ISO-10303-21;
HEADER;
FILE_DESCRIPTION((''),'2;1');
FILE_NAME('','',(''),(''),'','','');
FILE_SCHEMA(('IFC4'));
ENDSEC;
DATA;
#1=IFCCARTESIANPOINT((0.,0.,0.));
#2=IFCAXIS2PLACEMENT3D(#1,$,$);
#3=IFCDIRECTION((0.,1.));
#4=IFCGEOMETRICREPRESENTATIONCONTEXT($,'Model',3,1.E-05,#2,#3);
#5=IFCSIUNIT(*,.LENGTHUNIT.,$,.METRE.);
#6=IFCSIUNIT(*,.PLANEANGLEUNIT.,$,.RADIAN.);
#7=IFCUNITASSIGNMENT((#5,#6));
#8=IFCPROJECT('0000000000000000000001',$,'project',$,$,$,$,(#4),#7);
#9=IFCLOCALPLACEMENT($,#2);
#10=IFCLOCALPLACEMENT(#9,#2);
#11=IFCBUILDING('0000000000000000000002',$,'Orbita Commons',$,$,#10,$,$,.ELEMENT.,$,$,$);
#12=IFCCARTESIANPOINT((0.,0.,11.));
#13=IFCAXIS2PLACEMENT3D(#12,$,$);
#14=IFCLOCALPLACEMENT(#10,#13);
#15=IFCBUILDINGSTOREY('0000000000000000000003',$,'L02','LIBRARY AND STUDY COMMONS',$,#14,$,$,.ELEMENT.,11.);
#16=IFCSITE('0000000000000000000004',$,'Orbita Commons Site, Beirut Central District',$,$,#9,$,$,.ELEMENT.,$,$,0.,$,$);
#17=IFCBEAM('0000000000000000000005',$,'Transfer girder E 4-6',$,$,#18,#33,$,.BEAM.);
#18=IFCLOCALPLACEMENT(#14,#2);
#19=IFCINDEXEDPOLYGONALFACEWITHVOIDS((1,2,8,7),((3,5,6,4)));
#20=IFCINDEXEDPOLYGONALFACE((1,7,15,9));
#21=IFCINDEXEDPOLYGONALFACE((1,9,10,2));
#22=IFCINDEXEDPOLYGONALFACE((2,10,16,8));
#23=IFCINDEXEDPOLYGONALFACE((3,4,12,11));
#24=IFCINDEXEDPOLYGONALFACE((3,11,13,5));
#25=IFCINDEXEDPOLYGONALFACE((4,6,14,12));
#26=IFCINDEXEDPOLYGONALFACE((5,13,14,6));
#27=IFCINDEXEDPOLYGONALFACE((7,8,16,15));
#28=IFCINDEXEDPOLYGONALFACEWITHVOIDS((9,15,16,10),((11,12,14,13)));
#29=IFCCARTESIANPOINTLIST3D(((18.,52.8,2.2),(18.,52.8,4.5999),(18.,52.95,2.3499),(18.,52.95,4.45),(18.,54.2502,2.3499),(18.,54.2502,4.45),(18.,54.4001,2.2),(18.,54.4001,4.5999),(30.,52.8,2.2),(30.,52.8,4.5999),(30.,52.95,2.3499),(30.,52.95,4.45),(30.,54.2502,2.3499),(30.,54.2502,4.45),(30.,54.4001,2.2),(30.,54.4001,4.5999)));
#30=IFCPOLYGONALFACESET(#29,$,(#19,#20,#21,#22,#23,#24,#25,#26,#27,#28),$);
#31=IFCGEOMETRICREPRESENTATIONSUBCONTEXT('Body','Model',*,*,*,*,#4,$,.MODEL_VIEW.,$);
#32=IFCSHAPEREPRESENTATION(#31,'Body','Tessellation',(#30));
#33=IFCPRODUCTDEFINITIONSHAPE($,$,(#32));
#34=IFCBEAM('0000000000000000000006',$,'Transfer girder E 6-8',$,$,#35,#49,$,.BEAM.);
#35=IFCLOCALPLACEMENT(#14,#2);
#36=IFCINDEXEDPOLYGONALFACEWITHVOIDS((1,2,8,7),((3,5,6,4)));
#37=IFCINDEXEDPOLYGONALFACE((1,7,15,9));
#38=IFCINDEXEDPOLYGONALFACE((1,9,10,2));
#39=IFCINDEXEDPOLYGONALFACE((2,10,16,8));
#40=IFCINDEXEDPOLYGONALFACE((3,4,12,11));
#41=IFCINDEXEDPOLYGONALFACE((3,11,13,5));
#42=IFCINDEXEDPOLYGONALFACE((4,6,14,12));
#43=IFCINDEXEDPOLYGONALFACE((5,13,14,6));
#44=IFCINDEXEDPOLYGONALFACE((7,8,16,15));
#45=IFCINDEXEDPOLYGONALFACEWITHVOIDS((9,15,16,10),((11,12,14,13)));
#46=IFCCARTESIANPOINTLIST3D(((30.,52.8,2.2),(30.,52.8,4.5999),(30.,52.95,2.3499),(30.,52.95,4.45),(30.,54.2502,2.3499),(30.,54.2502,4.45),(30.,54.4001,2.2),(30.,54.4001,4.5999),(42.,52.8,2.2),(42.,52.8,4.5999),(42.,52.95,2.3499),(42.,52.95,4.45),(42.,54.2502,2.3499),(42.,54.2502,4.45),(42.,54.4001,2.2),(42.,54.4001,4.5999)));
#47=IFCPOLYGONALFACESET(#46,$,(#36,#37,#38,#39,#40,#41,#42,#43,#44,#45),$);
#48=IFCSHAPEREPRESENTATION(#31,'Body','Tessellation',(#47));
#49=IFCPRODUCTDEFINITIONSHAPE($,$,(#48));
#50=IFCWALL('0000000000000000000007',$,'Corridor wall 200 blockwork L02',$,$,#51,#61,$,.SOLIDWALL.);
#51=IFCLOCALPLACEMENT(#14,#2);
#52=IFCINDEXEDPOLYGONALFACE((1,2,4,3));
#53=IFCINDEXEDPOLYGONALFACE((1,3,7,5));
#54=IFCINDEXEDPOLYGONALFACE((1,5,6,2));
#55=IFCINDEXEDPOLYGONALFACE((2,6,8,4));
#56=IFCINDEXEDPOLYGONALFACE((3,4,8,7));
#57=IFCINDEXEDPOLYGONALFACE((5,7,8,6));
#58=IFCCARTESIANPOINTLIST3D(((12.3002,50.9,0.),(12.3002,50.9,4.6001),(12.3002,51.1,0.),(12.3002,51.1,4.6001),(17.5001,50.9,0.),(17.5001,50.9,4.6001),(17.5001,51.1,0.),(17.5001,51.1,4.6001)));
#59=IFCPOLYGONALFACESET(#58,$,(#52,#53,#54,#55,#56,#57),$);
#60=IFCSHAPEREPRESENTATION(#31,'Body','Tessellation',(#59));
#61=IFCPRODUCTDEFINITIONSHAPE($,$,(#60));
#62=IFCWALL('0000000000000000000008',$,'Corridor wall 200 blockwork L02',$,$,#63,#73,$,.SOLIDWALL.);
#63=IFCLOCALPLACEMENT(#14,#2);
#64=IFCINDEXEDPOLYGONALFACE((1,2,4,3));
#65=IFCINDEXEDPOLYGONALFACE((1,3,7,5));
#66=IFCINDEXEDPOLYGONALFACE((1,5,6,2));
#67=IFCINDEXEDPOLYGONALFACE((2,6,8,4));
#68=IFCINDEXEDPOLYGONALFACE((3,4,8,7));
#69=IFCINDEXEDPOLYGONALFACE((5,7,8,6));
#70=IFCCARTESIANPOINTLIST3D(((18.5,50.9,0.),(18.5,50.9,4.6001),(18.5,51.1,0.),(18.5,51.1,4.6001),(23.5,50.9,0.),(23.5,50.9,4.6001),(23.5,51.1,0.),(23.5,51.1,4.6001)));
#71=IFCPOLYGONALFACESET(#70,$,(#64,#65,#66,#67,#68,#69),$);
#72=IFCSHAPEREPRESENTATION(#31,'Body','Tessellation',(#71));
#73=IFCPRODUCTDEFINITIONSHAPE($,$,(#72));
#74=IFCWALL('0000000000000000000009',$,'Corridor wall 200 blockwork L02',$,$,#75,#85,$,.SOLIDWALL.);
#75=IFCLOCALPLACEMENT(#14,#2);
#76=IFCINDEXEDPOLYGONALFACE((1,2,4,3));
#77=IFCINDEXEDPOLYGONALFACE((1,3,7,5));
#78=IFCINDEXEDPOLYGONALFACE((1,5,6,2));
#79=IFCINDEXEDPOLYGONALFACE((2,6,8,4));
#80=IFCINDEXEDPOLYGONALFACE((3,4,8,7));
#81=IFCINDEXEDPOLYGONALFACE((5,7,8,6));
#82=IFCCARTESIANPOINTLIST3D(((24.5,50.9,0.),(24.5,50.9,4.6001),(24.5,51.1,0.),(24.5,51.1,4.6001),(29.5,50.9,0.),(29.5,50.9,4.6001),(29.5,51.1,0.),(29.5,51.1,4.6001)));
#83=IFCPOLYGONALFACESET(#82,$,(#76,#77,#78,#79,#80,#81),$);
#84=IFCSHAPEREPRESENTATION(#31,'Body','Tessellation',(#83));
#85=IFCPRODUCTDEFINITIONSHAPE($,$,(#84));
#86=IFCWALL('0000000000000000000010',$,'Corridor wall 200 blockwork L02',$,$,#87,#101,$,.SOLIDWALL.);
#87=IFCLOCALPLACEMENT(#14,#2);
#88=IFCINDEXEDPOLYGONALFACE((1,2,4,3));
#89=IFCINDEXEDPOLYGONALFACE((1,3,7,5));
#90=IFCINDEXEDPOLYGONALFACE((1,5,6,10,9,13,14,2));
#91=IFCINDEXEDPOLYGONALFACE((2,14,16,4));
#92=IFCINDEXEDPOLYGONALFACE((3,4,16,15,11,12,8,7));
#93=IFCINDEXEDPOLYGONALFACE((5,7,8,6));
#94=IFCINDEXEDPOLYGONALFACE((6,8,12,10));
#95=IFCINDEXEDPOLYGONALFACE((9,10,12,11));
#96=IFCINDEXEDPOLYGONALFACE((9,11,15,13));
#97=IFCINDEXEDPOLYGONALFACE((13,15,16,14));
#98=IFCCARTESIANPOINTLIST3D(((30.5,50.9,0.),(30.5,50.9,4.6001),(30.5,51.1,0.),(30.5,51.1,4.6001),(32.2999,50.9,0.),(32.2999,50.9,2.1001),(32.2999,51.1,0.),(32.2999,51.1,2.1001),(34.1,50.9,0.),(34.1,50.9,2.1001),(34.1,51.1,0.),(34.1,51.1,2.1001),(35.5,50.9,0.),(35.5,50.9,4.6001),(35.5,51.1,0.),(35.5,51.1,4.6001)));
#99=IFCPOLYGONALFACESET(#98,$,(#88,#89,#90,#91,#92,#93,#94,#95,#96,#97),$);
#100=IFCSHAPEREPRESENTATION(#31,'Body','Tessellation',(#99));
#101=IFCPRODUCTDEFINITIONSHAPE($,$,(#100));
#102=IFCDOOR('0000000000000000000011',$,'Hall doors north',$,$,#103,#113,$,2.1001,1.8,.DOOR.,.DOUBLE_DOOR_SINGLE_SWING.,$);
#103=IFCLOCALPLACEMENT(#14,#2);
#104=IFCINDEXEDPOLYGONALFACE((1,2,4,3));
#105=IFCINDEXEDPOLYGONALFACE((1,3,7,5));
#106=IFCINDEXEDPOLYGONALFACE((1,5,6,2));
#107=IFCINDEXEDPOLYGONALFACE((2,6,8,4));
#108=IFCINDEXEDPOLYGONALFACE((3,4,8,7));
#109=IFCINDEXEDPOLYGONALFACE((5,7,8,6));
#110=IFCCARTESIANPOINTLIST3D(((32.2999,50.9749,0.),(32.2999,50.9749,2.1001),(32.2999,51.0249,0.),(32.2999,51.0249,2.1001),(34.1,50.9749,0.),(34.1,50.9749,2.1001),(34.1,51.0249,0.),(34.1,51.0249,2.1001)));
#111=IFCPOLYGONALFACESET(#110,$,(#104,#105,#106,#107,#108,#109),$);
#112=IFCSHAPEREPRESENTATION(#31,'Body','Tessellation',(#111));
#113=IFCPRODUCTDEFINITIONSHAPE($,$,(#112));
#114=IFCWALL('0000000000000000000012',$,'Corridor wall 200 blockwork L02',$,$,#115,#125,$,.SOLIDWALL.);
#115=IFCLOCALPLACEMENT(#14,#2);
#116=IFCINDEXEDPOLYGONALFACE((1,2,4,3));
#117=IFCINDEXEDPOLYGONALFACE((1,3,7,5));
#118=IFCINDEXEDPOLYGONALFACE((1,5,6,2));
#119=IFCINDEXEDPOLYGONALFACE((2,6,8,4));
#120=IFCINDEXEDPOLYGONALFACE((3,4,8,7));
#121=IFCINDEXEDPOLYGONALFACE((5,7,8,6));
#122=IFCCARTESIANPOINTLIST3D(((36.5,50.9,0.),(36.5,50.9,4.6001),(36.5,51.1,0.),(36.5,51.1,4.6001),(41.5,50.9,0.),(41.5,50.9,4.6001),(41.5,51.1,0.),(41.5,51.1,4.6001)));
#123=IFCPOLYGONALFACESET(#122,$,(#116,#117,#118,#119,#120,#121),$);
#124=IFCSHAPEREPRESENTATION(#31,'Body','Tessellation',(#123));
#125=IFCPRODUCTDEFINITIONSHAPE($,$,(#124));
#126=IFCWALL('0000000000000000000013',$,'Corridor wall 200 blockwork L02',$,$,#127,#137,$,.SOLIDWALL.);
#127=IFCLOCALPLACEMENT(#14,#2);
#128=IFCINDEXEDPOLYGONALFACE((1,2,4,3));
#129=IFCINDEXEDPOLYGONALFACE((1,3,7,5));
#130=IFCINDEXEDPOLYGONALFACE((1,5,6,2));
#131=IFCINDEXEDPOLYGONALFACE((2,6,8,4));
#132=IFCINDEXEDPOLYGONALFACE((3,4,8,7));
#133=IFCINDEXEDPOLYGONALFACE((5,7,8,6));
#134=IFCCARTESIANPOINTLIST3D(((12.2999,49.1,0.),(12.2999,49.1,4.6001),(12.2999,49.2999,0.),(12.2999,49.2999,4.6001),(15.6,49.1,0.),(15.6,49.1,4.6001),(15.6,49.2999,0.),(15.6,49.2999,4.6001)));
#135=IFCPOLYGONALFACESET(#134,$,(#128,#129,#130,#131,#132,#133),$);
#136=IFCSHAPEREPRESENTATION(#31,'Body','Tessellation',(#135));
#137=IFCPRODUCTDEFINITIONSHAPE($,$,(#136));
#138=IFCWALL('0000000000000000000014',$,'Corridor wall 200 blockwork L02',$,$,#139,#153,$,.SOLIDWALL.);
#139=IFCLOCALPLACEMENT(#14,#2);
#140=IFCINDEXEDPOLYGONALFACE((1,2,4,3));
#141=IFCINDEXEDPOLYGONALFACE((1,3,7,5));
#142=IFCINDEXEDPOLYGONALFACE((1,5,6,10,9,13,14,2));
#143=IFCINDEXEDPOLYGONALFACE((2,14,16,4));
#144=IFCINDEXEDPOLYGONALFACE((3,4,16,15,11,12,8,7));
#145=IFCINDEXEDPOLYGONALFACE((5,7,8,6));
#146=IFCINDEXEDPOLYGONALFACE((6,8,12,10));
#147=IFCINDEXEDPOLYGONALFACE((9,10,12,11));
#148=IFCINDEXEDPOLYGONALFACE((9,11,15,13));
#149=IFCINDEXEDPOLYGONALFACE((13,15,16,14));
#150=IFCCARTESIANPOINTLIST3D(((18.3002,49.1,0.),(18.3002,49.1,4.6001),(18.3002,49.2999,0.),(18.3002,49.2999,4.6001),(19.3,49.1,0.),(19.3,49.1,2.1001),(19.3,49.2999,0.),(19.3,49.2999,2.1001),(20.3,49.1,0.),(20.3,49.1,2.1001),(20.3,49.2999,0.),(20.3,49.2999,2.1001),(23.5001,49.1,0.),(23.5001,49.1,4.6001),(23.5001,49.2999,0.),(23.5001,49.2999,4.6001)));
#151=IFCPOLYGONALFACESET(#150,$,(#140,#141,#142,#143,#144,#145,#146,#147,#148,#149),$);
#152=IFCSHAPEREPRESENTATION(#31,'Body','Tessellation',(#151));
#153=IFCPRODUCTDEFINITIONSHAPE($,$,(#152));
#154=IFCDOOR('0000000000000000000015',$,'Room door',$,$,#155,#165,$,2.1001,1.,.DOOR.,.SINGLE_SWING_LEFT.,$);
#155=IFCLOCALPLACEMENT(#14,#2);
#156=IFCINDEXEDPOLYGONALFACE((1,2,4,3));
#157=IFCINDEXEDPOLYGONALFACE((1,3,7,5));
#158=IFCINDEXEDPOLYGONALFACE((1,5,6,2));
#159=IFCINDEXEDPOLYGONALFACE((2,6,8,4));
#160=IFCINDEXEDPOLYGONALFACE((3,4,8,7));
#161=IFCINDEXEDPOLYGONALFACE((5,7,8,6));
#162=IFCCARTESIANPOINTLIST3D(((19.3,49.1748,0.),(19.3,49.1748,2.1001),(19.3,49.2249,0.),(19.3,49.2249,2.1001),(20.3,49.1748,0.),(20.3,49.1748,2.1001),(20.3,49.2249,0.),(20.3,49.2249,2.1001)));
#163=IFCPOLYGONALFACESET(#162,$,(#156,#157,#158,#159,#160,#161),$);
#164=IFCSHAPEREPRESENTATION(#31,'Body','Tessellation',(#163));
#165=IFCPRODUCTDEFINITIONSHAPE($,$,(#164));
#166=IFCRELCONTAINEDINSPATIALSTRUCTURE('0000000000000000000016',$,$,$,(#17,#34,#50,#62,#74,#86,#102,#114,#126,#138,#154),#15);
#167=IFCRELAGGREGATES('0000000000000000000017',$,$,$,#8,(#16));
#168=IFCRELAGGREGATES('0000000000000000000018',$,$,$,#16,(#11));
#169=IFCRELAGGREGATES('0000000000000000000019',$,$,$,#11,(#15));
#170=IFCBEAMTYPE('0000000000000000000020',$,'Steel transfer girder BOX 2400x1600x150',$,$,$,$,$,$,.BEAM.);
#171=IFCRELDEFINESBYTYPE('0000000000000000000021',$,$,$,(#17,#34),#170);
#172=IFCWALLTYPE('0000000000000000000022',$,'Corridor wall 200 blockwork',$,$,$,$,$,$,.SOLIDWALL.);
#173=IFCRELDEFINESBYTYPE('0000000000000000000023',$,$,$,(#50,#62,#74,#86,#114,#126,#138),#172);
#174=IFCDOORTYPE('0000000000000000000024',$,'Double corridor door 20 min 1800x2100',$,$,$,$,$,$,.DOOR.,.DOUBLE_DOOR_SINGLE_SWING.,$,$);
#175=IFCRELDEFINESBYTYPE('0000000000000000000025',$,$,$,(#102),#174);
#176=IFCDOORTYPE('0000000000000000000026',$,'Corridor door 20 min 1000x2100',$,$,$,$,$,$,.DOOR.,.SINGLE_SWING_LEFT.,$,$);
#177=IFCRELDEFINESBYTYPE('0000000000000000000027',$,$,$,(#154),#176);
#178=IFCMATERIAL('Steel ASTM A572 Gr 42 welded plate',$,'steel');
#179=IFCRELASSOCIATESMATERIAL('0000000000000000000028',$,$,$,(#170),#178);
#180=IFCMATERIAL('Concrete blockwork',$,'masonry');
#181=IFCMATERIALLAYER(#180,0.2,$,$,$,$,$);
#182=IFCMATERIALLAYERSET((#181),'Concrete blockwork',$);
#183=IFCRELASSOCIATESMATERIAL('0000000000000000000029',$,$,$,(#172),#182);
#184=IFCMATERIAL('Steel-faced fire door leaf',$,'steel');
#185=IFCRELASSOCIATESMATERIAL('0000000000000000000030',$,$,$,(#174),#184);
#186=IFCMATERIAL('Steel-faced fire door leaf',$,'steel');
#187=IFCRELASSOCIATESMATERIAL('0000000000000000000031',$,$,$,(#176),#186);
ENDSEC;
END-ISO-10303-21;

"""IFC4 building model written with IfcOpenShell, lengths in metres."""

from ifc_helpers import new_model, si_unit, direction, frame, frame_2d, origin, origin_2d, place, context, subcontext, project, spatial, rectangle, hollow_rectangle, extrude, material, layer, layer_set, material_profile, profile_set, type_object, element, fill, save


model = new_model("IFC4")

# Units and contexts
model_context = context("Model", 3, precision=1e-05, world=origin(), true_north=direction((0.0, 1.0)))
body_context = subcontext(model_context, "Body", "Model", "MODEL_VIEW")
ifc_project = project(units=[si_unit("LENGTHUNIT", "METRE"), si_unit("PLANEANGLEUNIT", "RADIAN")], contexts=[model_context])

# Site, building, storey
site_placement = place(None, origin())
site = spatial("IfcSite", under=ifc_project, at=site_placement, Name="Orbita Commons Site, Beirut Central District", CompositionType="ELEMENT", RefElevation=0.0)
building_placement = place(site_placement, origin())
building = spatial("IfcBuilding", under=site, at=building_placement, Name="Orbita Commons", CompositionType="ELEMENT")
storey_placement = place(building_placement, frame((0.0, 0.0, 11.0)))
storey = spatial("IfcBuildingStorey", under=building, at=storey_placement, Name="L02", Description="LIBRARY AND STUDY COMMONS", CompositionType="ELEMENT", Elevation=11.0)

# Beams
ifc_material_1 = material(Name="Steel ASTM A572 Gr 42 welded plate", Category="steel")
ifc_material_profile_1 = material_profile(ifc_material_1, hollow_rectangle(XDim=1.6001, YDim=2.3999, WallThickness=0.1499, at=origin_2d()), Name="BOX 2400x1600x150")
ifc_profile_set_1 = profile_set([ifc_material_profile_1], Name="Steel ASTM A572 Gr 42 welded plate")
beam_type_1 = type_object("IfcBeamType", Name="Steel transfer girder BOX 2400x1600x150", PredefinedType="BEAM", material=ifc_profile_set_1)
for number, where, z_axis, x_axis, name in (
    (1, (18.0, 53.6001, 3.3999), (1.0, 0.0, 0.0), (0.0, 1.0, 0.0), "Transfer girder E 4-6"),
    (2, (30.0, 53.6001, 3.3999), (1.0, 0.0, 0.0), (0.0, 1.0, 0.0), "Transfer girder E 6-8"),
):
    element("IfcBeam", number, at=place(storey_placement, frame(where, z_axis=z_axis, x_axis=x_axis)), inside=storey, type_object=beam_type_1, Name=name, PredefinedType="BEAM", context=body_context, shape_type="SweptSolid", body=[
        extrude(hollow_rectangle(XDim=1.6001, YDim=2.3999, WallThickness=0.1499, at=origin_2d()), origin(), (0.0, 0.0, 1.0), 12.0),
    ])

# Walls
ifc_material_2 = material(Name="Concrete blockwork", Category="masonry")
ifc_layer_1 = layer(ifc_material_2, 0.2)
ifc_layer_set_1 = layer_set([ifc_layer_1], Name="Concrete blockwork")
wall_type_1 = type_object("IfcWallType", Name="Corridor wall 200 blockwork", PredefinedType="SOLIDWALL", material=ifc_layer_set_1)
wall_1_placement = place(storey_placement, frame((12.3, 51.0, 0.0), z_axis=(0.0, 0.0, 1.0), x_axis=(1.0, 0.0, 0.0)))
element("IfcWall", 3, at=wall_1_placement, inside=storey, type_object=wall_type_1, Name="Corridor wall 200 blockwork L02", PredefinedType="SOLIDWALL", context=body_context, shape_type="SweptSolid", body=[
    extrude(rectangle(XDim=5.2, YDim=0.2, at=frame_2d((2.6001, 0.0))), origin(), (0.0, 0.0, 1.0), 4.6001),
])
for number, where, z_axis, x_axis, name in (
    (4, (18.5, 51.0, 0.0), (0.0, 0.0, 1.0), (1.0, 0.0, 0.0), "Corridor wall 200 blockwork L02"),
    (5, (24.5, 51.0, 0.0), (0.0, 0.0, 1.0), (1.0, 0.0, 0.0), "Corridor wall 200 blockwork L02"),
):
    element("IfcWall", number, at=place(storey_placement, frame(where, z_axis=z_axis, x_axis=x_axis)), inside=storey, type_object=wall_type_1, Name=name, PredefinedType="SOLIDWALL", context=body_context, shape_type="SweptSolid", body=[
        extrude(rectangle(XDim=5.0, YDim=0.2, at=frame_2d((2.5, 0.0))), origin(), (0.0, 0.0, 1.0), 4.6001),
    ])

# Wall, opening, door
wall_2_placement = place(storey_placement, frame((30.5, 51.0, 0.0), z_axis=(0.0, 0.0, 1.0), x_axis=(1.0, 0.0, 0.0)))
wall_2 = element("IfcWall", 6, at=wall_2_placement, inside=storey, type_object=wall_type_1, Name="Corridor wall 200 blockwork L02", PredefinedType="SOLIDWALL", context=body_context, shape_type="SweptSolid", body=[
    extrude(rectangle(XDim=5.0, YDim=0.2, at=frame_2d((2.5, 0.0))), origin(), (0.0, 0.0, 1.0), 4.6001),
])
opening_1_placement = place(wall_2_placement, frame((1.8, 0.0, 0.0)))
opening_1 = element("IfcOpeningElement", 7, at=opening_1_placement, cuts=wall_2, PredefinedType="OPENING", context=body_context, shape_type="SweptSolid", body=[
    extrude(rectangle(XDim=1.8, YDim=2.1001, at=frame_2d((0.8999, 1.05))), frame((0.0, 0.1099, 0.0), z_axis=(0.0, -1.0, 0.0), x_axis=(1.0, 0.0, 0.0)), (0.0, 0.0, 1.0), 0.22),
])
ifc_material_3 = material(Name="Steel-faced fire door leaf", Category="steel")
door_type_1 = type_object("IfcDoorType", Name="Double corridor door 20 min 1800x2100", OperationType="DOUBLE_DOOR_SINGLE_SWING", PredefinedType="DOOR", material=ifc_material_3)
door_1_placement = place(opening_1_placement, origin())
door_1 = element("IfcDoor", 8, at=door_1_placement, inside=storey, type_object=door_type_1, Name="Hall doors north", OperationType="DOUBLE_DOOR_SINGLE_SWING", OverallHeight=2.1001, OverallWidth=1.8, PredefinedType="DOOR", context=body_context, shape_type="SweptSolid", body=[
    extrude(rectangle(XDim=1.8, YDim=2.1001, at=frame_2d((0.8999, 1.05))), frame((0.0, 0.0249, 0.0), z_axis=(0.0, -1.0, 0.0), x_axis=(1.0, 0.0, 0.0)), (0.0, 0.0, 1.0), 0.05),
])
fill(opening_1, door_1)

# Walls
wall_3_placement = place(storey_placement, frame((36.5, 51.0, 0.0), z_axis=(0.0, 0.0, 1.0), x_axis=(1.0, 0.0, 0.0)))
element("IfcWall", 9, at=wall_3_placement, inside=storey, type_object=wall_type_1, Name="Corridor wall 200 blockwork L02", PredefinedType="SOLIDWALL", context=body_context, shape_type="SweptSolid", body=[
    extrude(rectangle(XDim=5.0, YDim=0.2, at=frame_2d((2.5, 0.0))), origin(), (0.0, 0.0, 1.0), 4.6001),
])
wall_4_placement = place(storey_placement, frame((12.3, 49.2, 0.0), z_axis=(0.0, 0.0, 1.0), x_axis=(1.0, 0.0, 0.0)))
element("IfcWall", 10, at=wall_4_placement, inside=storey, type_object=wall_type_1, Name="Corridor wall 200 blockwork L02", PredefinedType="SOLIDWALL", context=body_context, shape_type="SweptSolid", body=[
    extrude(rectangle(XDim=3.3, YDim=0.2, at=frame_2d((1.6499, 0.0))), origin(), (0.0, 0.0, 1.0), 4.6001),
])

# Wall, opening, door
wall_5_placement = place(storey_placement, frame((18.3, 49.2, 0.0), z_axis=(0.0, 0.0, 1.0), x_axis=(1.0, 0.0, 0.0)))
wall_5 = element("IfcWall", 11, at=wall_5_placement, inside=storey, type_object=wall_type_1, Name="Corridor wall 200 blockwork L02", PredefinedType="SOLIDWALL", context=body_context, shape_type="SweptSolid", body=[
    extrude(rectangle(XDim=5.2, YDim=0.2, at=frame_2d((2.6001, 0.0))), origin(), (0.0, 0.0, 1.0), 4.6001),
])
opening_2_placement = place(wall_5_placement, frame((1.0, 0.0, 0.0)))
opening_2 = element("IfcOpeningElement", 12, at=opening_2_placement, cuts=wall_5, PredefinedType="OPENING", context=body_context, shape_type="SweptSolid", body=[
    extrude(rectangle(XDim=1.0, YDim=2.1001, at=frame_2d((0.5, 1.05))), frame((0.0, 0.1099, 0.0), z_axis=(0.0, -1.0, 0.0), x_axis=(1.0, 0.0, 0.0)), (0.0, 0.0, 1.0), 0.22),
])
ifc_material_4 = material(Name="Steel-faced fire door leaf", Category="steel")
door_type_2 = type_object("IfcDoorType", Name="Corridor door 20 min 1000x2100", OperationType="SINGLE_SWING_LEFT", PredefinedType="DOOR", material=ifc_material_4)
door_2_placement = place(opening_2_placement, origin())
door_2 = element("IfcDoor", 13, at=door_2_placement, inside=storey, type_object=door_type_2, Name="Room door", OperationType="SINGLE_SWING_LEFT", OverallHeight=2.1001, OverallWidth=1.0, PredefinedType="DOOR", context=body_context, shape_type="SweptSolid", body=[
    extrude(rectangle(XDim=1.0, YDim=2.1001, at=frame_2d((0.5, 1.05))), frame((0.0, 0.0249, 0.0), z_axis=(0.0, -1.0, 0.0), x_axis=(1.0, 0.0, 0.0)), (0.0, 0.0, 1.0), 0.05),
])
fill(opening_2, door_2)

save(model, "model.ifc")
